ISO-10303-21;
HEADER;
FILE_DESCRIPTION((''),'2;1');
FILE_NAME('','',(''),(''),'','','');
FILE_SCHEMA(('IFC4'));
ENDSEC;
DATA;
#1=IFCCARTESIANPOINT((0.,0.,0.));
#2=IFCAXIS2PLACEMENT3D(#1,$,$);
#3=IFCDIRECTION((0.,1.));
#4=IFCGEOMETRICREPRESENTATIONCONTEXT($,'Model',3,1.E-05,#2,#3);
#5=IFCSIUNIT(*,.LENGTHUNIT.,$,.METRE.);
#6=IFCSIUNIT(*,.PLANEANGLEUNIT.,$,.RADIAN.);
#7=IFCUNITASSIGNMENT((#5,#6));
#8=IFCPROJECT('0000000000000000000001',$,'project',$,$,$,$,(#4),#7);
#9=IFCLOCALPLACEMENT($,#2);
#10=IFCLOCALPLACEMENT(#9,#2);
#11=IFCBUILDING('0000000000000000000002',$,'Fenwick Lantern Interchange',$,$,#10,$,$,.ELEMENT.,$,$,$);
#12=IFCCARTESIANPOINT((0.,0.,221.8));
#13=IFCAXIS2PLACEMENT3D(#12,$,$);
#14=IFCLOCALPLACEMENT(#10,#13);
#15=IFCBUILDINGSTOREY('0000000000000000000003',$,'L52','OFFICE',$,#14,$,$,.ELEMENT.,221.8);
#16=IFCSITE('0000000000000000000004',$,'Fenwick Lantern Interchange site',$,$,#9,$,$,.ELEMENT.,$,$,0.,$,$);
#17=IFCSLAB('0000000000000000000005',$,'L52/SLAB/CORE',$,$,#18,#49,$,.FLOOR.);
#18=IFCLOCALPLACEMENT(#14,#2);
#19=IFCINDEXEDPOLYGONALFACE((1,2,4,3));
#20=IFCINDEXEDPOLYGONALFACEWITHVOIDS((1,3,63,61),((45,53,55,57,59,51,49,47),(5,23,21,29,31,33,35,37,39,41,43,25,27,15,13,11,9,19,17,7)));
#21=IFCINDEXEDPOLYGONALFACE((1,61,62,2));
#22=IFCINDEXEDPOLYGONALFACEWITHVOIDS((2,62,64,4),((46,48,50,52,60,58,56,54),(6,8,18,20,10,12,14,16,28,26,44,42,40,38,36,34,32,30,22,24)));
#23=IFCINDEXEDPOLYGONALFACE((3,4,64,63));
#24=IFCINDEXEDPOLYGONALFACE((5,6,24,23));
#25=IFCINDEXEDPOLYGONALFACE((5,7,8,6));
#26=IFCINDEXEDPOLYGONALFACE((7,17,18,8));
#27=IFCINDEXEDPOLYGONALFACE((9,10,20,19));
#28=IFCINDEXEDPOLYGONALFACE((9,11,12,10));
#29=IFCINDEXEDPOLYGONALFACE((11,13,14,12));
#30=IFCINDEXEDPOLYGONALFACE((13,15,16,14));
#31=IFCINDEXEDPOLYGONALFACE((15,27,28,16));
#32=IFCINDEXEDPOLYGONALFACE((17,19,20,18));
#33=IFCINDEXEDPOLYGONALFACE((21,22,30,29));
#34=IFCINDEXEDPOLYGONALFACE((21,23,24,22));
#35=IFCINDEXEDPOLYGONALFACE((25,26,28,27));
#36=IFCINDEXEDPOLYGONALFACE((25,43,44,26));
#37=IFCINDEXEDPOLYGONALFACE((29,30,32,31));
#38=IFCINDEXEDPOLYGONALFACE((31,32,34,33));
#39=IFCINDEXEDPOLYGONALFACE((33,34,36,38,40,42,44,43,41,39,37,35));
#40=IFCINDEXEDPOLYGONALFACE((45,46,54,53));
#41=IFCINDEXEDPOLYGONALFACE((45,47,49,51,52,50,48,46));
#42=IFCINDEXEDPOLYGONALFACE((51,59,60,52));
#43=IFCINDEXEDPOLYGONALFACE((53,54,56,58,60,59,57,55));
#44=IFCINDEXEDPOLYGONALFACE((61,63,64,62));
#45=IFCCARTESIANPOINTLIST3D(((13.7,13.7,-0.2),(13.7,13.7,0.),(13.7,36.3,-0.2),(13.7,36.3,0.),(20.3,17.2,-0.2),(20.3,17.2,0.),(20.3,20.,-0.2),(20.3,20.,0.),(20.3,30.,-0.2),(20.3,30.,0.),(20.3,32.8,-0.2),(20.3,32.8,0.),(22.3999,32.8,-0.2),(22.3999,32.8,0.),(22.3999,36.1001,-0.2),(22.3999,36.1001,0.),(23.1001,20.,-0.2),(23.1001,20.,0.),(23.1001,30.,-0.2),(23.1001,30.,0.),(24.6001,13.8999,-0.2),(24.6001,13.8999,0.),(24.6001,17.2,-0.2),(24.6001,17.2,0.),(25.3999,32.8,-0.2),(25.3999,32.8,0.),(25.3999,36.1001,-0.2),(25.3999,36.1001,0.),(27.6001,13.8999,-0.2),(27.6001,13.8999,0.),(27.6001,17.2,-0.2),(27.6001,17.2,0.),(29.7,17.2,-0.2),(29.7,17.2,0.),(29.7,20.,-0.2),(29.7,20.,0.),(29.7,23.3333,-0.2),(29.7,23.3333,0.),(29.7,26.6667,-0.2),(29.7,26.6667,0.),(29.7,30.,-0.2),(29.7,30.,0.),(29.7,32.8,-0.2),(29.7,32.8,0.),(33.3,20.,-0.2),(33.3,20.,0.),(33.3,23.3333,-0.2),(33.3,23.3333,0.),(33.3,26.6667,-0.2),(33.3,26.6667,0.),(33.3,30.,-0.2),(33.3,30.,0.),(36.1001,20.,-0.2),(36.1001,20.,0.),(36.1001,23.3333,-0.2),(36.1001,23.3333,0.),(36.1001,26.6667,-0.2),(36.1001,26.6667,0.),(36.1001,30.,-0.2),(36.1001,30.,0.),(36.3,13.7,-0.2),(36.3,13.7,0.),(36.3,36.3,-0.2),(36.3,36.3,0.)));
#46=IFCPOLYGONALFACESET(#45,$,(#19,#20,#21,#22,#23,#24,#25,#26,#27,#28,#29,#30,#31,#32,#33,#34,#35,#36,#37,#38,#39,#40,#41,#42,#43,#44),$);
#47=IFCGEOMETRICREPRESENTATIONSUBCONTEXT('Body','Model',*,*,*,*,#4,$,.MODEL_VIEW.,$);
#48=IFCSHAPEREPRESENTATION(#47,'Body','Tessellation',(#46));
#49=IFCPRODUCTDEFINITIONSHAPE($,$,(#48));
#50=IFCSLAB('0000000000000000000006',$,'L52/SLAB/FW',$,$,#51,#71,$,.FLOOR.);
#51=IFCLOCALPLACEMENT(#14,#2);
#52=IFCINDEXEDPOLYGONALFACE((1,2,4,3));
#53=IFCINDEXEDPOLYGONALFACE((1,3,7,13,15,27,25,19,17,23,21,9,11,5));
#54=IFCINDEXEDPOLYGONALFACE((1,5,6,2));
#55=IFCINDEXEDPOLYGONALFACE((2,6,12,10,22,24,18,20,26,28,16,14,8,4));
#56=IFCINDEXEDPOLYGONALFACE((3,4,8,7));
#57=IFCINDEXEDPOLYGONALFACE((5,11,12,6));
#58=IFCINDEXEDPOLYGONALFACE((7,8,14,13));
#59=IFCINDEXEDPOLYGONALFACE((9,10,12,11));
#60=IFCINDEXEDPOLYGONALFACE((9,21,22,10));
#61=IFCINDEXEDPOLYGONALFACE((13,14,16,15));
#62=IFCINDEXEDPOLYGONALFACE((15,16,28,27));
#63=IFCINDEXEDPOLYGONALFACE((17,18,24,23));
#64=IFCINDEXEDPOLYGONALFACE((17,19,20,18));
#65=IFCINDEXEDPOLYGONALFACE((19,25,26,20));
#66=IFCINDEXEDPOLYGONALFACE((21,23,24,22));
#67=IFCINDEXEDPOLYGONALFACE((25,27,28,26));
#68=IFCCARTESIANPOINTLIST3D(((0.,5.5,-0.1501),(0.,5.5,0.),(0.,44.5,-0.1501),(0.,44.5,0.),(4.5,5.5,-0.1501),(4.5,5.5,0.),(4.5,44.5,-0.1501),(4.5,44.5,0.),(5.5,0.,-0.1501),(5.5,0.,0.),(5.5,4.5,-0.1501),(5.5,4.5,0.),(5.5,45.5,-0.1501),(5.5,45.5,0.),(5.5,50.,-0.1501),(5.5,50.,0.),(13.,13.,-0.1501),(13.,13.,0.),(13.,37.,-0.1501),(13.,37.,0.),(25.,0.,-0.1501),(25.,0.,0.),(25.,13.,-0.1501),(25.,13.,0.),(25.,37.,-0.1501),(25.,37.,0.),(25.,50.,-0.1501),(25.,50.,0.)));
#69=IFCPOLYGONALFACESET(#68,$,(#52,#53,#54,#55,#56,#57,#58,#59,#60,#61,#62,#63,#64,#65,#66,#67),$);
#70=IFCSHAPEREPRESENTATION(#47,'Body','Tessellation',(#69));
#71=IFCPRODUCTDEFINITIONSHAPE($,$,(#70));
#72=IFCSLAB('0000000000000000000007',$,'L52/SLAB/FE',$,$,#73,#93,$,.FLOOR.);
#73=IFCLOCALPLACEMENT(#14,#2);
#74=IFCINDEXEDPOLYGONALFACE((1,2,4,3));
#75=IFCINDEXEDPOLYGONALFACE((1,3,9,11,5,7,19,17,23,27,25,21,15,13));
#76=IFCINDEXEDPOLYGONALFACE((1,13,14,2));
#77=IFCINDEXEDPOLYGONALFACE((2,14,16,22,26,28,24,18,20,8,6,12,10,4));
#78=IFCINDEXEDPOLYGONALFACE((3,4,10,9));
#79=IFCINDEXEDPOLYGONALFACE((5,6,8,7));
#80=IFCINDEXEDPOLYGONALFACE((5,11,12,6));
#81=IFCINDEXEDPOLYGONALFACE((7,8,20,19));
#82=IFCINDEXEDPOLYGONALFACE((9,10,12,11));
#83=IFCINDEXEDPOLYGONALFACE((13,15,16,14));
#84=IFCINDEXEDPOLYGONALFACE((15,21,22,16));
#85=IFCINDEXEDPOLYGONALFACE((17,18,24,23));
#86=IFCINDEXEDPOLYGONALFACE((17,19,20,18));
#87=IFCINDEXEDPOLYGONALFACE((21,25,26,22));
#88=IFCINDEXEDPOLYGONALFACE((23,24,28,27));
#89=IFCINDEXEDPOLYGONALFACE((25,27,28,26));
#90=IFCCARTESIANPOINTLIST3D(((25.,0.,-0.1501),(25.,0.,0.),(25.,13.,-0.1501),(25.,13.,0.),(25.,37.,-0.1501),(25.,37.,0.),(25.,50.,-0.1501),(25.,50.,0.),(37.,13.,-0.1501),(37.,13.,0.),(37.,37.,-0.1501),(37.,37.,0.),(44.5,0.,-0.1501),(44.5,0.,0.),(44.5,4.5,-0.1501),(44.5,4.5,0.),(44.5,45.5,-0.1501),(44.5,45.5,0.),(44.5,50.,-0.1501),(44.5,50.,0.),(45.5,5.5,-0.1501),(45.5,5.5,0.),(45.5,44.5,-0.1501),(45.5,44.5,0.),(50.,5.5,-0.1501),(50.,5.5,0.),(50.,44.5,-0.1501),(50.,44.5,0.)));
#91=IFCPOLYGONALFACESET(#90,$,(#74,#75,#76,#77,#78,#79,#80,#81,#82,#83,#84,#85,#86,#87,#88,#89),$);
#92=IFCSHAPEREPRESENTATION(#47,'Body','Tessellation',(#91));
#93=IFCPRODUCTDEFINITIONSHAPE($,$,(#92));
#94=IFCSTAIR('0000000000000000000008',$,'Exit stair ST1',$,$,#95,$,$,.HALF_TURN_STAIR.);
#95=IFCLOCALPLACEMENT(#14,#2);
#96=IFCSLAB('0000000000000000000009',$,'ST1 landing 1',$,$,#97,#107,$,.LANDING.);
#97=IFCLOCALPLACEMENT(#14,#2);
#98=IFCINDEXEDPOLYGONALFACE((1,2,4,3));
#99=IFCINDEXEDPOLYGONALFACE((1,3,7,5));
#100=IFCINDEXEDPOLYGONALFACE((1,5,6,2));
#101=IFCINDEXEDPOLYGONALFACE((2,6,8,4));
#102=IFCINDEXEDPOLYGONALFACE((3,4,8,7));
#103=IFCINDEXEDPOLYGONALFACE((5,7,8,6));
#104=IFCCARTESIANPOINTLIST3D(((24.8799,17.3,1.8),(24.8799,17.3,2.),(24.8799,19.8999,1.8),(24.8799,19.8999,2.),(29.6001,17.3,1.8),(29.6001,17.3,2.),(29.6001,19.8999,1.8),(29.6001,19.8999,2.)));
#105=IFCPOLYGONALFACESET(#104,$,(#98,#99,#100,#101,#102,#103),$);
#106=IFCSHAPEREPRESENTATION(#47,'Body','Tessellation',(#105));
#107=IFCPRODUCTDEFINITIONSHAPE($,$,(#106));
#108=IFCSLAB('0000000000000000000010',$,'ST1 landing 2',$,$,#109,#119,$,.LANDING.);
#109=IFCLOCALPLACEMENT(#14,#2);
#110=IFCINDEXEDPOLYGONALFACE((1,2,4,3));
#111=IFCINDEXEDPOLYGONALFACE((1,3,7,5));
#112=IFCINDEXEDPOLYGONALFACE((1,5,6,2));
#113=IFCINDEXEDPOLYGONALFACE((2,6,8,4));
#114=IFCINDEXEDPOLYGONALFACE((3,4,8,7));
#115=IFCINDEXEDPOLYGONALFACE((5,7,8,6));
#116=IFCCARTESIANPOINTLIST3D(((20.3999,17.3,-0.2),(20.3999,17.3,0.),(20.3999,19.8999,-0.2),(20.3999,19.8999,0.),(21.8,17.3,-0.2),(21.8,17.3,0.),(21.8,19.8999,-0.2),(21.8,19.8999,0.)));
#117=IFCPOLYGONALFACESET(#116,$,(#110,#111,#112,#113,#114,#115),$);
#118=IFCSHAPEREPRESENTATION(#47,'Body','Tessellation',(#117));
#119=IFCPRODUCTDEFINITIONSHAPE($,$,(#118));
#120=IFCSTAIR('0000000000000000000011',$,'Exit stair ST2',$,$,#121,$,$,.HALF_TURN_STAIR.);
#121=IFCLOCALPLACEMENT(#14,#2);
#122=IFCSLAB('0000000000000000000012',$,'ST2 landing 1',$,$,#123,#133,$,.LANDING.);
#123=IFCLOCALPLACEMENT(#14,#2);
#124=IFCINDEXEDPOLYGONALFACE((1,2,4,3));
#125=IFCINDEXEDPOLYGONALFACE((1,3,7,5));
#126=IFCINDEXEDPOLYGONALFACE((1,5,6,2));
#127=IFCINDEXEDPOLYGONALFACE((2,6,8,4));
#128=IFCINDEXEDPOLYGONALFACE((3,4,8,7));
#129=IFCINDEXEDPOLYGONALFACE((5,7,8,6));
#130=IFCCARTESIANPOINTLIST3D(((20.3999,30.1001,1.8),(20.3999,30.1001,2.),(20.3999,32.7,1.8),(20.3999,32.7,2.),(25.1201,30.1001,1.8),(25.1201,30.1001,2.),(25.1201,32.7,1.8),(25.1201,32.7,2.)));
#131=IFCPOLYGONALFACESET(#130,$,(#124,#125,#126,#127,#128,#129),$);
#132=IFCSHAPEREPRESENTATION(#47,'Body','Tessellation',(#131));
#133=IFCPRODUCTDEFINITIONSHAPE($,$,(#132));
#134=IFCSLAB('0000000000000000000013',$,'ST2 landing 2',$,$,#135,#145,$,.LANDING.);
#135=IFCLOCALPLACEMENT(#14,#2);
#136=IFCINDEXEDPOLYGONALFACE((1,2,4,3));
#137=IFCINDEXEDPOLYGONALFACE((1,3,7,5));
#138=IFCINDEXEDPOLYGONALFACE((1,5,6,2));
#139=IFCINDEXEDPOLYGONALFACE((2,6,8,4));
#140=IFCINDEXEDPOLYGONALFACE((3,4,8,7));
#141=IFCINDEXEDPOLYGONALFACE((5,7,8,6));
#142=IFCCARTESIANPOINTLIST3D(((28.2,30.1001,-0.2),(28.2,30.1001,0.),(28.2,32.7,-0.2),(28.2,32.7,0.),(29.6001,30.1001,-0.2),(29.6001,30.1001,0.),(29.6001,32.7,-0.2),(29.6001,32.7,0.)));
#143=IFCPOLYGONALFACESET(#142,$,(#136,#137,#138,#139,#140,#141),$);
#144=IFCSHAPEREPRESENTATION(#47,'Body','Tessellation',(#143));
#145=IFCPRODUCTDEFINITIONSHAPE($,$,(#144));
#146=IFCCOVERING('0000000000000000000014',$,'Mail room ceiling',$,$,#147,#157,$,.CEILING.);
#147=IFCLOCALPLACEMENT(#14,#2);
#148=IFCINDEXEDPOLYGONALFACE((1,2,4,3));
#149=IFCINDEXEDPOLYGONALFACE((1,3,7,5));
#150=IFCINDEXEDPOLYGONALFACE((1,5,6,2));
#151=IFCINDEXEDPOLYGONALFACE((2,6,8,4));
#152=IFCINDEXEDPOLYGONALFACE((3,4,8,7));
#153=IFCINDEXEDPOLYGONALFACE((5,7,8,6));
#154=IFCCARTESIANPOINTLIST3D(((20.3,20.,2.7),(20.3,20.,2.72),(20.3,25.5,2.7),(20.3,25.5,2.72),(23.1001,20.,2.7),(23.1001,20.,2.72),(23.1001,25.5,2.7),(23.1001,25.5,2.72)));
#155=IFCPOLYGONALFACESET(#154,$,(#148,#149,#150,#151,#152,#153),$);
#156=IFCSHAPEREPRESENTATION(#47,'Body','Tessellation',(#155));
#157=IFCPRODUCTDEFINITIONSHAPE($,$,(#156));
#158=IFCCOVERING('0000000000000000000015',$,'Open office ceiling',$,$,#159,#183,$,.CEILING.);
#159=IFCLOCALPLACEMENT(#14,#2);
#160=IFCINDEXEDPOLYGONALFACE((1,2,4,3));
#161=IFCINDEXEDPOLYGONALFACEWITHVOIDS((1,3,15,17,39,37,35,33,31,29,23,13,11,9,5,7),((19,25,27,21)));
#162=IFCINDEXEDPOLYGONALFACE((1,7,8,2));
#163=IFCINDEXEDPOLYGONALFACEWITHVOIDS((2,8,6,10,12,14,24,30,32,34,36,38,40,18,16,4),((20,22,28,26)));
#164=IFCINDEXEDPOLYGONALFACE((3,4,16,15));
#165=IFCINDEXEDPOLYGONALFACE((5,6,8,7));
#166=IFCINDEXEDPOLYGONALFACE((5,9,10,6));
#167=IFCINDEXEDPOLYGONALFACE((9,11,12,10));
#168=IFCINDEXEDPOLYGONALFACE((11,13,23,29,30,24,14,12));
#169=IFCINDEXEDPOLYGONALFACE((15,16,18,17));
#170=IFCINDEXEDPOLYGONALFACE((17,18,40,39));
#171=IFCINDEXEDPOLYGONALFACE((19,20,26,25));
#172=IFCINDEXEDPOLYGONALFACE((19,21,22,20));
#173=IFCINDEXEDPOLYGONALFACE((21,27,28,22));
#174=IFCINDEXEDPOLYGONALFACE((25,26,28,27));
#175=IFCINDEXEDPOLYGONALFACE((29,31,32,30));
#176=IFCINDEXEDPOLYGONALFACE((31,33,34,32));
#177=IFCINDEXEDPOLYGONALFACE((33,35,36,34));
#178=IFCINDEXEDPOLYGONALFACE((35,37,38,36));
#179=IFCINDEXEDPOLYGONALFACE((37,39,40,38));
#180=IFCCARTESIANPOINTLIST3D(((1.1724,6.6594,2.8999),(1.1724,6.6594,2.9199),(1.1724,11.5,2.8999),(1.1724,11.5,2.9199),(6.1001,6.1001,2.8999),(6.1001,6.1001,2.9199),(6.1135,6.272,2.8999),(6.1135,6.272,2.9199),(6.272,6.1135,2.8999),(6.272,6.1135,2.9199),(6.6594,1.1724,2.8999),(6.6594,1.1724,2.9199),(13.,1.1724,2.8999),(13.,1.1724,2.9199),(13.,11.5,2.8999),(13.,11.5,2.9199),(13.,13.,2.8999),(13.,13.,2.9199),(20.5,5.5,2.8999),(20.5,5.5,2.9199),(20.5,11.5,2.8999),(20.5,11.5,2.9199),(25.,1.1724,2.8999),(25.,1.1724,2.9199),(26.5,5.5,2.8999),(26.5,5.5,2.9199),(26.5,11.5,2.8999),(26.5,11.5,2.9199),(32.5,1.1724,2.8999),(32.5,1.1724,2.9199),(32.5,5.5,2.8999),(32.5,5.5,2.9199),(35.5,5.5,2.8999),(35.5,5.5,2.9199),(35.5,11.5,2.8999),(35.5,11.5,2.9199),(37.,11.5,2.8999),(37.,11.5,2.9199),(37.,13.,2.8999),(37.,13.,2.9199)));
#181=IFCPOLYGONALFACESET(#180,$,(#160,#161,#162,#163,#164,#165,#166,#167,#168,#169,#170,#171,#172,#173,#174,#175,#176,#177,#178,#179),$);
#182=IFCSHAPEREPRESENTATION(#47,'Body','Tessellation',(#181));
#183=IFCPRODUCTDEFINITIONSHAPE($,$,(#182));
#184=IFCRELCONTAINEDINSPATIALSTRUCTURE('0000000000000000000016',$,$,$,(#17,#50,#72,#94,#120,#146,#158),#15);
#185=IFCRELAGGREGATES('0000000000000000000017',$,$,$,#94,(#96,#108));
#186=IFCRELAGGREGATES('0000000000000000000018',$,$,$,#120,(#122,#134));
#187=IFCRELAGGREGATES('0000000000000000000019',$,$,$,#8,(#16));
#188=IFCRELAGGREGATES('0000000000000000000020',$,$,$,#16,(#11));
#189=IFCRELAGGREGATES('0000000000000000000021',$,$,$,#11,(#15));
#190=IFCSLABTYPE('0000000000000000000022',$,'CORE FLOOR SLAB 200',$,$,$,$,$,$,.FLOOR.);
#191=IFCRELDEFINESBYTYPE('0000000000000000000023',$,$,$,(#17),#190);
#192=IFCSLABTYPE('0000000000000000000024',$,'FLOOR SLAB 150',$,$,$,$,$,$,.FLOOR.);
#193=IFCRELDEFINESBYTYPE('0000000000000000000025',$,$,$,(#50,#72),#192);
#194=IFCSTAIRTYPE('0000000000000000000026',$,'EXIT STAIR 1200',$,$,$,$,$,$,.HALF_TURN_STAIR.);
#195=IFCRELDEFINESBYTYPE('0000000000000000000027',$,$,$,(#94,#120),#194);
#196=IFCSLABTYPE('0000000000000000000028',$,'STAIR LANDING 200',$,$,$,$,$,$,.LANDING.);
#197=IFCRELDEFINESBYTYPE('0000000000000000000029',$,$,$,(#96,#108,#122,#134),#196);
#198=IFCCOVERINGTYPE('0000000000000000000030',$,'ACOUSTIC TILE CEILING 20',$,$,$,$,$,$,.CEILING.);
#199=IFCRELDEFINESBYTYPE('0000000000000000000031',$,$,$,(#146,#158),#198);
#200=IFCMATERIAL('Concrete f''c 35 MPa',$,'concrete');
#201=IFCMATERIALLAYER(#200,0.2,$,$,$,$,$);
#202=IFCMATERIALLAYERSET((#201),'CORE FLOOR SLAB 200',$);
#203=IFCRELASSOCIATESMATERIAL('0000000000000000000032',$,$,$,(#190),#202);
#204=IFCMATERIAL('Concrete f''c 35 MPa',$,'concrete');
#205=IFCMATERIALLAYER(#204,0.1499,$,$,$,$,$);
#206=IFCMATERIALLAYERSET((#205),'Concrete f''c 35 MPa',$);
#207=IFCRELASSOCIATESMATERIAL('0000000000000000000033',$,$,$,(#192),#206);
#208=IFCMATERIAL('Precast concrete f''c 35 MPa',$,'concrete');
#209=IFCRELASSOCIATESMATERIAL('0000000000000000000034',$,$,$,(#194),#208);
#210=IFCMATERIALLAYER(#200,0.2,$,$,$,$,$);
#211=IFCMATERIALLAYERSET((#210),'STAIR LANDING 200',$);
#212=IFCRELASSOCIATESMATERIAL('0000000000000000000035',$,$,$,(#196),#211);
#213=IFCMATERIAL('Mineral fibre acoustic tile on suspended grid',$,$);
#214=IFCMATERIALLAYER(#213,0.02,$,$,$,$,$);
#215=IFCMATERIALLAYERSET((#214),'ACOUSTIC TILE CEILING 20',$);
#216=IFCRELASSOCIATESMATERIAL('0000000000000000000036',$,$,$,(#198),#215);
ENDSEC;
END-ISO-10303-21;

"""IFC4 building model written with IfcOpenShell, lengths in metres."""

from ifc_helpers import new_model, si_unit, direction, frame, origin, place, context, subcontext, project, spatial, polyline, outline, extrude, material, layer, layer_set, type_object, element, aggregate, save


model = new_model("IFC4")

# Units and contexts
model_context = context("Model", 3, precision=1e-05, world=origin(), true_north=direction((0.0, 1.0)))
body_context = subcontext(model_context, "Body", "Model", "MODEL_VIEW")
ifc_project = project(units=[si_unit("LENGTHUNIT", "METRE"), si_unit("PLANEANGLEUNIT", "RADIAN")], contexts=[model_context])

# Site, building, storey
site_placement = place(None, origin())
site = spatial("IfcSite", under=ifc_project, at=site_placement, Name="Fenwick Lantern Interchange site", CompositionType="ELEMENT", RefElevation=0.0)
building_placement = place(site_placement, origin())
building = spatial("IfcBuilding", under=site, at=building_placement, Name="Fenwick Lantern Interchange", CompositionType="ELEMENT")
storey_placement = place(building_placement, frame((0.0, 0.0, 221.8)))
storey = spatial("IfcBuildingStorey", under=building, at=storey_placement, Name="L52", Description="OFFICE", CompositionType="ELEMENT", Elevation=221.8)

# Slabs
ifc_material_1 = material(Name="Concrete f'c 35 MPa", Category="concrete")
ifc_layer_1 = layer(ifc_material_1, 0.2)
ifc_layer_set_1 = layer_set([ifc_layer_1], Name="CORE FLOOR SLAB 200")
slab_type_1 = type_object("IfcSlabType", Name="CORE FLOOR SLAB 200", PredefinedType="FLOOR", material=ifc_layer_set_1)
slab_1_placement = place(storey_placement, frame((0.0, 0.0, -0.2)))
element("IfcSlab", 1, at=slab_1_placement, inside=storey, type_object=slab_type_1, Name="L52/SLAB/CORE", PredefinedType="FLOOR", context=body_context, shape_type="SweptSolid", body=[
    extrude(outline(polyline([(13.7, 36.3), (36.3, 36.3), (36.3, 13.7), (13.7, 13.7), (13.7, 36.3)]), holes=[polyline([(24.6001, 13.8999), (27.6001, 13.8999), (27.6001, 17.2), (29.7, 17.2), (29.7, 20.0), (29.7, 23.3333), (29.7, 26.6667), (29.7, 30.0), (29.7, 32.8), (25.3999, 32.8), (25.3999, 36.1001), (22.3999, 36.1001), (22.3999, 32.8), (20.3, 32.8), (20.3, 30.0), (23.1001, 30.0), (23.1001, 20.0), (20.3, 20.0), (20.3, 17.2), (24.6001, 17.2), (24.6001, 13.8999)]), polyline([(33.3, 23.3333), (33.3, 20.0), (36.1001, 20.0), (36.1001, 23.3333), (36.1001, 26.6667), (36.1001, 30.0), (33.3, 30.0), (33.3, 26.6667), (33.3, 23.3333)])]), origin(), (0.0, 0.0, 1.0), 0.2),
])
ifc_material_2 = material(Name="Concrete f'c 35 MPa", Category="concrete")
ifc_layer_2 = layer(ifc_material_2, 0.1499)
ifc_layer_set_2 = layer_set([ifc_layer_2], Name="Concrete f'c 35 MPa")
slab_type_2 = type_object("IfcSlabType", Name="FLOOR SLAB 150", PredefinedType="FLOOR", material=ifc_layer_set_2)
slab_2_placement = place(storey_placement, frame((0.0, 0.0, -0.1501)))
element("IfcSlab", 2, at=slab_2_placement, inside=storey, type_object=slab_type_2, Name="L52/SLAB/FW", PredefinedType="FLOOR", context=body_context, shape_type="SweptSolid", body=[
    extrude(outline(polyline([(5.5, 0.0), (5.5, 4.5), (4.5, 5.5), (0.0, 5.5), (0.0, 44.5), (4.5, 44.5), (5.5, 45.5), (5.5, 50.0), (25.0, 50.0), (25.0, 37.0), (13.0, 37.0), (13.0, 13.0), (25.0, 13.0), (25.0, 0.0), (5.5, 0.0)])), origin(), (0.0, 0.0, 1.0), 0.1501),
])
slab_3_placement = place(storey_placement, frame((0.0, 0.0, -0.1501)))
element("IfcSlab", 3, at=slab_3_placement, inside=storey, type_object=slab_type_2, Name="L52/SLAB/FE", PredefinedType="FLOOR", context=body_context, shape_type="SweptSolid", body=[
    extrude(outline(polyline([(44.5, 50.0), (44.5, 45.5), (45.5, 44.5), (50.0, 44.5), (50.0, 5.5), (45.5, 5.5), (44.5, 4.5), (44.5, 0.0), (25.0, 0.0), (25.0, 13.0), (37.0, 13.0), (37.0, 37.0), (25.0, 37.0), (25.0, 50.0), (44.5, 50.0)])), origin(), (0.0, 0.0, 1.0), 0.1501),
])

# Stairs, slabs
ifc_material_3 = material(Name="Precast concrete f'c 35 MPa", Category="concrete")
stair_type = type_object("IfcStairType", Name="EXIT STAIR 1200", PredefinedType="HALF_TURN_STAIR", material=ifc_material_3)
stair_1_placement = place(storey_placement, origin())
stair_1 = element("IfcStair", 4, at=stair_1_placement, inside=storey, type_object=stair_type, Name="Exit stair ST1", PredefinedType="HALF_TURN_STAIR")
ifc_layer_3 = layer(ifc_material_1, 0.2)
ifc_layer_set_3 = layer_set([ifc_layer_3], Name="STAIR LANDING 200")
slab_type_3 = type_object("IfcSlabType", Name="STAIR LANDING 200", PredefinedType="LANDING", material=ifc_layer_set_3)
slab_4_placement = place(storey_placement, frame((0.0, 0.0, 1.8)))
slab_4 = element("IfcSlab", 5, at=slab_4_placement, type_object=slab_type_3, Name="ST1 landing 1", PredefinedType="LANDING", context=body_context, shape_type="SweptSolid", body=[
    extrude(outline(polyline([(24.8799, 17.3), (29.6001, 17.3), (29.6001, 19.8999), (24.8799, 19.8999), (24.8799, 17.3)])), origin(), (0.0, 0.0, 1.0), 0.2),
])
slab_5_placement = place(storey_placement, frame((0.0, 0.0, -0.2)))
slab_5 = element("IfcSlab", 6, at=slab_5_placement, type_object=slab_type_3, Name="ST1 landing 2", PredefinedType="LANDING", context=body_context, shape_type="SweptSolid", body=[
    extrude(outline(polyline([(20.3999, 17.3), (21.8, 17.3), (21.8, 19.8999), (20.3999, 19.8999), (20.3999, 17.3)])), origin(), (0.0, 0.0, 1.0), 0.2),
])
aggregate(stair_1, [slab_4, slab_5])
stair_2_placement = place(storey_placement, origin())
stair_2 = element("IfcStair", 7, at=stair_2_placement, inside=storey, type_object=stair_type, Name="Exit stair ST2", PredefinedType="HALF_TURN_STAIR")
slab_6_placement = place(storey_placement, frame((0.0, 0.0, 1.8)))
slab_6 = element("IfcSlab", 8, at=slab_6_placement, type_object=slab_type_3, Name="ST2 landing 1", PredefinedType="LANDING", context=body_context, shape_type="SweptSolid", body=[
    extrude(outline(polyline([(25.1201, 32.7), (20.3999, 32.7), (20.3999, 30.1001), (25.1201, 30.1001), (25.1201, 32.7)])), origin(), (0.0, 0.0, 1.0), 0.2),
])
slab_7_placement = place(storey_placement, frame((0.0, 0.0, -0.2)))
slab_7 = element("IfcSlab", 9, at=slab_7_placement, type_object=slab_type_3, Name="ST2 landing 2", PredefinedType="LANDING", context=body_context, shape_type="SweptSolid", body=[
    extrude(outline(polyline([(29.6001, 32.7), (28.2, 32.7), (28.2, 30.1001), (29.6001, 30.1001), (29.6001, 32.7)])), origin(), (0.0, 0.0, 1.0), 0.2),
])
aggregate(stair_2, [slab_6, slab_7])

# Coverings
ifc_material_4 = material(Name="Mineral fibre acoustic tile on suspended grid")
ifc_layer_4 = layer(ifc_material_4, 0.02)
ifc_layer_set_4 = layer_set([ifc_layer_4], Name="ACOUSTIC TILE CEILING 20")
covering_type_1 = type_object("IfcCoveringType", Name="ACOUSTIC TILE CEILING 20", PredefinedType="CEILING", material=ifc_layer_set_4)
covering_1_placement = place(storey_placement, frame((0.0, 0.0, 2.7)))
element("IfcCovering", 10, at=covering_1_placement, inside=storey, type_object=covering_type_1, Name="Mail room ceiling", PredefinedType="CEILING", context=body_context, shape_type="SweptSolid", body=[
    extrude(outline(polyline([(20.3, 20.0), (23.1001, 20.0), (23.1001, 25.5), (20.3, 25.5), (20.3, 20.0)])), origin(), (0.0, 0.0, 1.0), 0.02),
])
covering_2_placement = place(storey_placement, frame((0.0, 0.0, 2.8999)))
element("IfcCovering", 11, at=covering_2_placement, inside=storey, type_object=covering_type_1, Name="Open office ceiling", PredefinedType="CEILING", context=body_context, shape_type="SweptSolid", body=[
    extrude(outline(polyline([(32.5, 5.5), (35.5, 5.5), (35.5, 11.5), (37.0, 11.5), (37.0, 13.0), (13.0, 13.0), (13.0, 11.5), (1.1724, 11.5), (1.1724, 6.6594), (6.1135, 6.272), (6.1001, 6.1001), (6.272, 6.1135), (6.6594, 1.1724), (13.0, 1.1724), (25.0, 1.1724), (32.5, 1.1724), (32.5, 5.5)]), holes=[polyline([(20.5, 11.5), (26.5, 11.5), (26.5, 5.5), (20.5, 5.5), (20.5, 11.5)])]), origin(), (0.0, 0.0, 1.0), 0.02),
])

save(model, "model.ifc")
